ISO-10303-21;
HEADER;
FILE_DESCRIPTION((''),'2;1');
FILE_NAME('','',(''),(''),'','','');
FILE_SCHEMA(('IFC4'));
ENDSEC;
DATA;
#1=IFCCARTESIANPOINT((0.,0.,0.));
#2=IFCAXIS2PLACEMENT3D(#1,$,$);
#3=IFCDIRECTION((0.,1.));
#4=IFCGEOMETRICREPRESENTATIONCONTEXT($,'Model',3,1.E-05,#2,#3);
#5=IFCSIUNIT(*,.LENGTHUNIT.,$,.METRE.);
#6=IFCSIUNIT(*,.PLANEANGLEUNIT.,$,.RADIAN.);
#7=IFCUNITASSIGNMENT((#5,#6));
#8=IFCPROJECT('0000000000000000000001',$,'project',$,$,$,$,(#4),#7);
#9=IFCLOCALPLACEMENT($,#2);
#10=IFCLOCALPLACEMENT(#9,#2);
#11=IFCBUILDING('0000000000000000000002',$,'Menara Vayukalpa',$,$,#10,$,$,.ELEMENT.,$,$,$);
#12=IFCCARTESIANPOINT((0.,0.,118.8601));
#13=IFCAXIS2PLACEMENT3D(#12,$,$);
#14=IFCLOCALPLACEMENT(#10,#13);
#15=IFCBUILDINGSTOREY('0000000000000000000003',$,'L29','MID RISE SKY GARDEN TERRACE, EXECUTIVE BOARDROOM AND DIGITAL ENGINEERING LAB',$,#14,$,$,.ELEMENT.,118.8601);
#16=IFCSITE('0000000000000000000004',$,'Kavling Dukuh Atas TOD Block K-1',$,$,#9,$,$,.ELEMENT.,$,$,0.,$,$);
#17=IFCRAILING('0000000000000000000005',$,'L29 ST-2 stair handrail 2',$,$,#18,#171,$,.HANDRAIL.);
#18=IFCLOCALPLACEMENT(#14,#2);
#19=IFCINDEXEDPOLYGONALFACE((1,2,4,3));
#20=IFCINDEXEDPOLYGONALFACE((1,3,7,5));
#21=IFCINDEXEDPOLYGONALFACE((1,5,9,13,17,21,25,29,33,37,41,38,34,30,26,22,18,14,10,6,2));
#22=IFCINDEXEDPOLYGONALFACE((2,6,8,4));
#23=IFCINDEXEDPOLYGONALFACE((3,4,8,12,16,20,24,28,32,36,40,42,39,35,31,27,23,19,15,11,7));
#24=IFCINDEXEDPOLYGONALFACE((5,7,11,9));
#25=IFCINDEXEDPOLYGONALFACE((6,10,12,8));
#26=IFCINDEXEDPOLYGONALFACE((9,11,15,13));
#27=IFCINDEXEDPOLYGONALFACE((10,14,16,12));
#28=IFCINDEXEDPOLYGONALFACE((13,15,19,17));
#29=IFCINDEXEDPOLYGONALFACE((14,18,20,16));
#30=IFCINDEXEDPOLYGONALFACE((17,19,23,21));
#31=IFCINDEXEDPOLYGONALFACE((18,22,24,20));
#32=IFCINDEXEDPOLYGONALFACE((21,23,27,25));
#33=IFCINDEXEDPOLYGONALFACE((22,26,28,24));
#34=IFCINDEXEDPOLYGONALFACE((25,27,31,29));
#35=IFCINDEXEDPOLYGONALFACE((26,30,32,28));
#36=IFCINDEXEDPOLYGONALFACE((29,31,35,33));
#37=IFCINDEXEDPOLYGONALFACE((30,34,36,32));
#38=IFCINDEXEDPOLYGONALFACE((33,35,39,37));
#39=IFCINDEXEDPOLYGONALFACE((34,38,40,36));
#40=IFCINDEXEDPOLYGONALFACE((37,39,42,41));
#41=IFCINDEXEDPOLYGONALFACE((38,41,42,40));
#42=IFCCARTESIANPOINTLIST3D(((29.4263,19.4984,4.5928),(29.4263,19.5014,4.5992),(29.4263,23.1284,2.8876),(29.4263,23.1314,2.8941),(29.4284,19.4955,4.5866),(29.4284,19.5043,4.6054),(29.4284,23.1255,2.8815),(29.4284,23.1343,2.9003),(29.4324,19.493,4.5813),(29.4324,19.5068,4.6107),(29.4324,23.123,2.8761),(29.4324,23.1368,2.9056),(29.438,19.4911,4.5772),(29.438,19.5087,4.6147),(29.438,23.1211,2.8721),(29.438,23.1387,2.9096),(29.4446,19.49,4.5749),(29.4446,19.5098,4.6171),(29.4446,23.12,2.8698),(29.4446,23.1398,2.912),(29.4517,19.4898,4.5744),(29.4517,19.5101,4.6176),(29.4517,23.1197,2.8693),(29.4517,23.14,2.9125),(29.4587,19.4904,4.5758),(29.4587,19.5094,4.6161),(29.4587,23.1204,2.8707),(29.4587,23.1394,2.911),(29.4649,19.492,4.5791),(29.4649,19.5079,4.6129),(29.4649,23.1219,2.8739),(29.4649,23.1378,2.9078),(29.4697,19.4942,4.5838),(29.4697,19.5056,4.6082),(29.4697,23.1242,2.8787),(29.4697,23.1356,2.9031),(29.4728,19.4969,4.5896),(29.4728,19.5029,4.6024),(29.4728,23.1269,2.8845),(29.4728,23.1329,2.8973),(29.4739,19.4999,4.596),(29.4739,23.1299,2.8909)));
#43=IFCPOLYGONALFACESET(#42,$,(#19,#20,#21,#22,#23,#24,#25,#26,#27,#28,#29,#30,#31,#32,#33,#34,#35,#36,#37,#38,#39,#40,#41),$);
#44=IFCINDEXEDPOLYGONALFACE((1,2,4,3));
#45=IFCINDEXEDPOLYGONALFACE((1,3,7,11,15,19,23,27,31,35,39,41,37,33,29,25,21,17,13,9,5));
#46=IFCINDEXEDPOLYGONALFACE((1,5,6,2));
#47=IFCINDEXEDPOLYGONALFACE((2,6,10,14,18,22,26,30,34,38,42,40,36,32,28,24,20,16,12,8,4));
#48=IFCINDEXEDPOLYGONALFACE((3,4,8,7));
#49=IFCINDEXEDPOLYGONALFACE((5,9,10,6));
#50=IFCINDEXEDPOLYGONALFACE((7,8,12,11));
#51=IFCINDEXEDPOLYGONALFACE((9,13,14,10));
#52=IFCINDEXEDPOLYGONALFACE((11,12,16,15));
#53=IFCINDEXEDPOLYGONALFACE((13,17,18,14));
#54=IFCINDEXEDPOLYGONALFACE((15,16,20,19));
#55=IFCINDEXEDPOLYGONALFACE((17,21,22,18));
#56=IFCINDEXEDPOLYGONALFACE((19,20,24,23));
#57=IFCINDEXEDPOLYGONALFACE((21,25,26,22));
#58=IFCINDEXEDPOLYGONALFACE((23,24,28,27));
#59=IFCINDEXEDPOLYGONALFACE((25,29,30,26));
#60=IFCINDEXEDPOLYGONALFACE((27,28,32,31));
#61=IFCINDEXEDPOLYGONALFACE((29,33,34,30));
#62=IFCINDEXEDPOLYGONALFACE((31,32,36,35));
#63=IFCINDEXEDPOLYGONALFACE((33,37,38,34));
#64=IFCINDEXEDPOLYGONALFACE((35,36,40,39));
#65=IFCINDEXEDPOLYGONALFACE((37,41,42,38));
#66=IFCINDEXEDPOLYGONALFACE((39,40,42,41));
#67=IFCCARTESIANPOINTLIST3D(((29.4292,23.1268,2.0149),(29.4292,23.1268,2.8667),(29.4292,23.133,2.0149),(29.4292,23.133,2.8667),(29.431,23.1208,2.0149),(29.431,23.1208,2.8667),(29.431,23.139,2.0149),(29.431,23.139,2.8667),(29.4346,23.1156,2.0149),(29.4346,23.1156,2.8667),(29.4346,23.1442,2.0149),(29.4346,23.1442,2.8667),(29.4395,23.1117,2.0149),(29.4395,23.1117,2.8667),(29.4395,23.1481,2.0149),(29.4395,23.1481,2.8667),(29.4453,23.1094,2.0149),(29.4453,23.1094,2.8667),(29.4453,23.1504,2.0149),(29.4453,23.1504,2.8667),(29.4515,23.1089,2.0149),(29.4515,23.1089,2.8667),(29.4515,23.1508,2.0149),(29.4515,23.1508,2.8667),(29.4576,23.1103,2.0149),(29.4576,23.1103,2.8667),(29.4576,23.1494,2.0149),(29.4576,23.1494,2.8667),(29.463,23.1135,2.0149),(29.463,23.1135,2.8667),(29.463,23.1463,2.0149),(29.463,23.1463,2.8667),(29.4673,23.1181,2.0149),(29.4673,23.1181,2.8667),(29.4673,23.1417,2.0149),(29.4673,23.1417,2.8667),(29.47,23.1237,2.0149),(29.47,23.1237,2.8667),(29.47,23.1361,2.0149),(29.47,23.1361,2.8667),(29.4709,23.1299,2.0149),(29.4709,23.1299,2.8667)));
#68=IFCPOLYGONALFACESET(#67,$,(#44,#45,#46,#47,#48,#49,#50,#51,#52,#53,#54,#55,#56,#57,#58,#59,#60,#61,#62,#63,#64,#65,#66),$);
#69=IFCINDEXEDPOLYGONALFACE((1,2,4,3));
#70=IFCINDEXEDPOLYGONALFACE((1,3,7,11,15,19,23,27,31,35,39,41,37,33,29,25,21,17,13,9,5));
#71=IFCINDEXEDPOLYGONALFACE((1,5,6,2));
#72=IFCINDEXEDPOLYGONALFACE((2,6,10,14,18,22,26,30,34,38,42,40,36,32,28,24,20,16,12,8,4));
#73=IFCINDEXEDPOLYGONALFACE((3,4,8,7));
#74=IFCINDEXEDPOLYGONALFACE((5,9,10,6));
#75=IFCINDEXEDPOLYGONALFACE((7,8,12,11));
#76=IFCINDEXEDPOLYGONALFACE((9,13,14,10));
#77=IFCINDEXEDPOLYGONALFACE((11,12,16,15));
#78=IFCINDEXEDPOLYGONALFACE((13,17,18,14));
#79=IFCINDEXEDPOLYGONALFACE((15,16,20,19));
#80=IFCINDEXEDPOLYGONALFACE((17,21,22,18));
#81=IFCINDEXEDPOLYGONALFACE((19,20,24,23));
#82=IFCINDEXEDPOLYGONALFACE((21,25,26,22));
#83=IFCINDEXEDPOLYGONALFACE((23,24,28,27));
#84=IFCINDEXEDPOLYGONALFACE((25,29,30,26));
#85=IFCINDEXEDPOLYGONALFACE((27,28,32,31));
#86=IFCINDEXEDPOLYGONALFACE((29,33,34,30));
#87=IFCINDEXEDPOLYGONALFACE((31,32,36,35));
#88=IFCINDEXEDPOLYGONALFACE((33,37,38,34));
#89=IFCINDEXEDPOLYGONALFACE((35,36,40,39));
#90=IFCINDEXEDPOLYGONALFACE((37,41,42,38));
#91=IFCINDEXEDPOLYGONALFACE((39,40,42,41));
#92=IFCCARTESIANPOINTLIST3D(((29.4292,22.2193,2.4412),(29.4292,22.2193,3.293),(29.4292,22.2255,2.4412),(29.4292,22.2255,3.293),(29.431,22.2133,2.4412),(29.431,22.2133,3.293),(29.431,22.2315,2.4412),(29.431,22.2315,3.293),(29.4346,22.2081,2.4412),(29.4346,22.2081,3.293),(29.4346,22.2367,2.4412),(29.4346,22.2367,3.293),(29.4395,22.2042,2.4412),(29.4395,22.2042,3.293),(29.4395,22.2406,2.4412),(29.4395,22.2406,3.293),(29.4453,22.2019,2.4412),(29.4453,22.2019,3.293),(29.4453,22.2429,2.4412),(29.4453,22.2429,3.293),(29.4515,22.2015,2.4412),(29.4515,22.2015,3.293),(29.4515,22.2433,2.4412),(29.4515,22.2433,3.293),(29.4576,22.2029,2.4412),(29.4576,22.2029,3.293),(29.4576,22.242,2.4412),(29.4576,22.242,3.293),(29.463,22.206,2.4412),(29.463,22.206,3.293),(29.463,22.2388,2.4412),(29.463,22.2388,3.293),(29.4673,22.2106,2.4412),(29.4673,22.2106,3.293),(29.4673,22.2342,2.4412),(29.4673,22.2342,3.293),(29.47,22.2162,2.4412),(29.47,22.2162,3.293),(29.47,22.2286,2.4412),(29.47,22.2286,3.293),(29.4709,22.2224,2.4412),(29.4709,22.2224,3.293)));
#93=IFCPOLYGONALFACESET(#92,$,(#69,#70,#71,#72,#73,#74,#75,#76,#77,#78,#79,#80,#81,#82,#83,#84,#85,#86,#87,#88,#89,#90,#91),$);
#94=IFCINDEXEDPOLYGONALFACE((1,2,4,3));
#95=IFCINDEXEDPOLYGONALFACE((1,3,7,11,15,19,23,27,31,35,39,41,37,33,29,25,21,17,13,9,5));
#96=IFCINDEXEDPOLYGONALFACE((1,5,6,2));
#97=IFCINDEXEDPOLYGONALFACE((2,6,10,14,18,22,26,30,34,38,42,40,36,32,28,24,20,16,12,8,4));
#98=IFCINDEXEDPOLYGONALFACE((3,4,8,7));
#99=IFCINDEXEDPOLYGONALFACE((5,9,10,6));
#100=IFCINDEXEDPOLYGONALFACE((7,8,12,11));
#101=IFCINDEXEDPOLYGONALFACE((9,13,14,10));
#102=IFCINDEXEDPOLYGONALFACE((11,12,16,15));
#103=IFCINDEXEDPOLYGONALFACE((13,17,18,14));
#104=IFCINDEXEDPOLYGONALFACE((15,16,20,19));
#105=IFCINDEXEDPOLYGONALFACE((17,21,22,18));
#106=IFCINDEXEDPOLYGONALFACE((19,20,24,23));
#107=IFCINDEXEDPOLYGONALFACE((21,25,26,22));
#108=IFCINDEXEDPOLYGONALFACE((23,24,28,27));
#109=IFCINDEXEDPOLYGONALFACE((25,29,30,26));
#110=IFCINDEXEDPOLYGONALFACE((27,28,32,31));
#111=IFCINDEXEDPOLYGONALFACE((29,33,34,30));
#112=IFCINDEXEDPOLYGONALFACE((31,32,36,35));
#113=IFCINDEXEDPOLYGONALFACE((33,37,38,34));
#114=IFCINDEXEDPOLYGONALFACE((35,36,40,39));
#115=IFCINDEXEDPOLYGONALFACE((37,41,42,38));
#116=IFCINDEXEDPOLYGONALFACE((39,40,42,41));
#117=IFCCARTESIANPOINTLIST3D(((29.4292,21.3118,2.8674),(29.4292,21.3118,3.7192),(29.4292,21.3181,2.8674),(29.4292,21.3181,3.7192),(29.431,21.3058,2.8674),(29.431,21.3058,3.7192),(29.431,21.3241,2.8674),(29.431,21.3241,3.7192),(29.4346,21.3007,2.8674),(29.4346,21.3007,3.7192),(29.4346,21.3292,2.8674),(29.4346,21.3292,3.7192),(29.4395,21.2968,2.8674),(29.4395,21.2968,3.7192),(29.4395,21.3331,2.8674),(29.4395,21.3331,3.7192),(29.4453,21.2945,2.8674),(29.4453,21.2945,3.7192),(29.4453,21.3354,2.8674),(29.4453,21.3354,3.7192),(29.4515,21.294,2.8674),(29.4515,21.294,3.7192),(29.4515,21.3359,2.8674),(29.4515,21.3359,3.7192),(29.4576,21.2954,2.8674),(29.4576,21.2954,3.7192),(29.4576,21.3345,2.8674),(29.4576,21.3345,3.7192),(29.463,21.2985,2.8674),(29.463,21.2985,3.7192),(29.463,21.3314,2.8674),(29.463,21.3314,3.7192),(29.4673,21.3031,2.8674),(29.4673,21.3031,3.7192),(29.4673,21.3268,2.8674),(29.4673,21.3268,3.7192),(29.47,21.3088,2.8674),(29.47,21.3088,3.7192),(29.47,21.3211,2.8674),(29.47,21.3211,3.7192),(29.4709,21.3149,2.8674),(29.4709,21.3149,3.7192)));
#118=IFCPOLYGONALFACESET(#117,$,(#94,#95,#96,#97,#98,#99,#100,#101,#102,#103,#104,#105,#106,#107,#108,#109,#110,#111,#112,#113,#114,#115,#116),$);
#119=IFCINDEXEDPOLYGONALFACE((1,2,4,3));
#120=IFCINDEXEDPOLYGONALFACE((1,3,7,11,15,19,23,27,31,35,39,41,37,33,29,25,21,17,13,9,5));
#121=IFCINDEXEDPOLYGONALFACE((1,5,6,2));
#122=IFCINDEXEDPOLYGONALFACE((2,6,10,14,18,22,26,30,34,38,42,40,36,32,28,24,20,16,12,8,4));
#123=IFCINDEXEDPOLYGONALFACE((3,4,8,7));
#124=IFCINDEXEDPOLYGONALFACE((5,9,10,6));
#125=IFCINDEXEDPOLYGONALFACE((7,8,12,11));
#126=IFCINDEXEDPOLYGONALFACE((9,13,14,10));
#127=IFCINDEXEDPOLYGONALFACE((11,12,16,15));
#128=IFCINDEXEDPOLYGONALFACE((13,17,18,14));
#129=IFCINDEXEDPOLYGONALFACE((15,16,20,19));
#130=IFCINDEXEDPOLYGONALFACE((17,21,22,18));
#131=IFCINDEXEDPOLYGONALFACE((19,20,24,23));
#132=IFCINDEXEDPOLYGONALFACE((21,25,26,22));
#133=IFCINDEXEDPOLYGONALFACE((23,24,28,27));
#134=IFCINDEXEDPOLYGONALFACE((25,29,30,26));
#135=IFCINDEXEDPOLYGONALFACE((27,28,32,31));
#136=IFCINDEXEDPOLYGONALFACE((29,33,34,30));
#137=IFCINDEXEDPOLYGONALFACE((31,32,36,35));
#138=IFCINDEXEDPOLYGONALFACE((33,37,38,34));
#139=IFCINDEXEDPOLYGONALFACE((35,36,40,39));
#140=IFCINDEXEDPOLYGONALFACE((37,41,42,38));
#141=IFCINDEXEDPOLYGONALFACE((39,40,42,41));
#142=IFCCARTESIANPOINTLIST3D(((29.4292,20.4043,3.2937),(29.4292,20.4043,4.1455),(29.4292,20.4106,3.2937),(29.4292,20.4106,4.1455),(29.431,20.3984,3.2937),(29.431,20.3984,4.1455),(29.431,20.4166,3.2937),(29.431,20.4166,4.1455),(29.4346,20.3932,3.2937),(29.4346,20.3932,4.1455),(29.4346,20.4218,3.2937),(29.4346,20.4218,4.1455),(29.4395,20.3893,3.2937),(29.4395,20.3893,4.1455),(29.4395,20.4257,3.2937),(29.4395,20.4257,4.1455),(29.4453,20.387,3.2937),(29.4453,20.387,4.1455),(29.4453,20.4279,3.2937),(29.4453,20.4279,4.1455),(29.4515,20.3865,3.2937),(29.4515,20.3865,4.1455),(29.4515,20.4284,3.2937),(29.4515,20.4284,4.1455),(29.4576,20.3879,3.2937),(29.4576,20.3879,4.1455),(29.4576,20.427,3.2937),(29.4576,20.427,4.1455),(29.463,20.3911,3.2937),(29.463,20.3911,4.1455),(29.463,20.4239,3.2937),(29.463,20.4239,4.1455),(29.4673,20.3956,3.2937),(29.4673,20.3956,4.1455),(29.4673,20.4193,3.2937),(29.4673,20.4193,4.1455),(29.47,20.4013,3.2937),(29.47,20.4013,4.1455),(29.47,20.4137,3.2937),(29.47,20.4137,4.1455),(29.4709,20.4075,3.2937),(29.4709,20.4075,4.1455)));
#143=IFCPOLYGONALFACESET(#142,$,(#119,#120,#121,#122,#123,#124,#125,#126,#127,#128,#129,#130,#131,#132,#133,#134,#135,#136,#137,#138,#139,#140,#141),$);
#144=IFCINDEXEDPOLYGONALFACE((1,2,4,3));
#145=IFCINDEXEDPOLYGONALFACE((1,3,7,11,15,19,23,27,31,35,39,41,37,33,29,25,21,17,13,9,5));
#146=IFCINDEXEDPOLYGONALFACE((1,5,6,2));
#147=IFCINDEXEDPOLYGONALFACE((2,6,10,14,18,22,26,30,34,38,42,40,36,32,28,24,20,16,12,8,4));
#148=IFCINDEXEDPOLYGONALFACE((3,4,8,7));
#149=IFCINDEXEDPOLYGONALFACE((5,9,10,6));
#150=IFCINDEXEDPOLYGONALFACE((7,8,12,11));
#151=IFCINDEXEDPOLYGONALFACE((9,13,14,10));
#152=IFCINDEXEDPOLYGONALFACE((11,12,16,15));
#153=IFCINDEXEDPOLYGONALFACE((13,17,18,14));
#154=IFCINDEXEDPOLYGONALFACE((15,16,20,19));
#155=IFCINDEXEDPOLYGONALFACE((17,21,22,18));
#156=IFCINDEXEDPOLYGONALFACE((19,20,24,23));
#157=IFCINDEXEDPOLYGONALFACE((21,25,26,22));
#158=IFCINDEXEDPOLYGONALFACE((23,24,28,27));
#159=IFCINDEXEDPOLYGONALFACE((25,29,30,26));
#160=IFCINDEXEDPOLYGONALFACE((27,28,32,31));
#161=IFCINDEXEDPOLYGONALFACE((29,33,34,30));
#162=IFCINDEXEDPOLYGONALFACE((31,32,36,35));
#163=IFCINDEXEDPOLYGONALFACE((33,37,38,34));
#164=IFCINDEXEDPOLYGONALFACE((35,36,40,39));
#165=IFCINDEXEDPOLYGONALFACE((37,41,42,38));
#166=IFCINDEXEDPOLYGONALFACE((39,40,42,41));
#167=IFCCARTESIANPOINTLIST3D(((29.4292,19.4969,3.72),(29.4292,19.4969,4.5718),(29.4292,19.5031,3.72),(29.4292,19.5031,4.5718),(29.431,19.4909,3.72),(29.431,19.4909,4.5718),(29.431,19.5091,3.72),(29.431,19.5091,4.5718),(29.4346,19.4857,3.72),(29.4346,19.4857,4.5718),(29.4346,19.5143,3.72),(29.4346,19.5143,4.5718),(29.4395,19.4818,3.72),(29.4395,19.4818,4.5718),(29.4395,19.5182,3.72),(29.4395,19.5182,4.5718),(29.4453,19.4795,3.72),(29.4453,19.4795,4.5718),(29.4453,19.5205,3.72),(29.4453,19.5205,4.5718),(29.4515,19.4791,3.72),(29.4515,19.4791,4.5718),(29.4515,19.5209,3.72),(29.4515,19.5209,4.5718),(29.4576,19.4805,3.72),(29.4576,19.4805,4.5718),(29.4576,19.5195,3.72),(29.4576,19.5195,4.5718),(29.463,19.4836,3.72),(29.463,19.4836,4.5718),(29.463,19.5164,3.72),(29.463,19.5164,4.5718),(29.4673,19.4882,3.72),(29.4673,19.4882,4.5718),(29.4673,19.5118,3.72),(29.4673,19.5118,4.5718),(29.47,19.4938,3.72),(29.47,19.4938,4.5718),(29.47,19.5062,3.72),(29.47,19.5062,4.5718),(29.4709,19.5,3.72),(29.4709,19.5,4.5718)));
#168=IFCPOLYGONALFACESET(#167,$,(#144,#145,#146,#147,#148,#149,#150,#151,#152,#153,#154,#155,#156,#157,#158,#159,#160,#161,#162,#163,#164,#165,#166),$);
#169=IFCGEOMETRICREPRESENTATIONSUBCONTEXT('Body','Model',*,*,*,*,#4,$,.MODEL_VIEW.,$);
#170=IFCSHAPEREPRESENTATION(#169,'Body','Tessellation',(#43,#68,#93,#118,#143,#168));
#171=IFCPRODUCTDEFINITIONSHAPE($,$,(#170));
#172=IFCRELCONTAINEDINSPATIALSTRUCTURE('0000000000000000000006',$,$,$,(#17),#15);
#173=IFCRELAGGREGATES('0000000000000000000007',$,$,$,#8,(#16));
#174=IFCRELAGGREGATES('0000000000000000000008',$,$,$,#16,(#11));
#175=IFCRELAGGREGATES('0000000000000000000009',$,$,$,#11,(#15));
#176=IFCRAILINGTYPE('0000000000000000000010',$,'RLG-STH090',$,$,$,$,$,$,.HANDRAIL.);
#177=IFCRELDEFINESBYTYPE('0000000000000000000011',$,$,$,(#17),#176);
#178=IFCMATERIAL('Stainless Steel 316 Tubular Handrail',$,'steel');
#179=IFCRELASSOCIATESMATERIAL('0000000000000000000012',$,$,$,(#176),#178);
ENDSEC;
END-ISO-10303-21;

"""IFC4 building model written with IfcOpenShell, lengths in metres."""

from ifc_helpers import new_model, si_unit, direction, frame, origin, origin_2d, place, context, subcontext, project, spatial, circle, extrude, material, type_object, element, save


model = new_model("IFC4")

# Units and contexts
model_context = context("Model", 3, precision=1e-05, world=origin(), true_north=direction((0.0, 1.0)))
body_context = subcontext(model_context, "Body", "Model", "MODEL_VIEW")
ifc_project = project(units=[si_unit("LENGTHUNIT", "METRE"), si_unit("PLANEANGLEUNIT", "RADIAN")], contexts=[model_context])

# Site, building, storey
site_placement = place(None, origin())
site = spatial("IfcSite", under=ifc_project, at=site_placement, Name="Kavling Dukuh Atas TOD Block K-1", CompositionType="ELEMENT", RefElevation=0.0)
building_placement = place(site_placement, origin())
building = spatial("IfcBuilding", under=site, at=building_placement, Name="Menara Vayukalpa", CompositionType="ELEMENT")
storey_placement = place(building_placement, frame((0.0, 0.0, 118.8601)))
storey = spatial("IfcBuildingStorey", under=building, at=storey_placement, Name="L29", Description="MID RISE SKY GARDEN TERRACE, EXECUTIVE BOARDROOM AND DIGITAL ENGINEERING LAB", CompositionType="ELEMENT", Elevation=118.8601)

# Railing
ifc_material_1 = material(Name="Stainless Steel 316 Tubular Handrail", Category="steel")
railing_type = type_object("IfcRailingType", Name="RLG-STH090", PredefinedType="HANDRAIL", material=ifc_material_1)
railing_placement = place(storey_placement, frame((29.45, 23.1299, 2.0149)))
element("IfcRailing", 1, at=railing_placement, inside=storey, type_object=railing_type, Name="L29 ST-2 stair handrail 2", PredefinedType="HANDRAIL", context=body_context, shape_type="SweptSolid", body=[
    extrude(circle(Radius=0.0239, at=origin_2d()), frame((0.0, 0.0, 0.876), z_axis=(0.0, -0.905116, 0.425164), x_axis=(1.0, 0.0, 0.0)), (0.0, 0.0, 1.0), 4.0105),
    extrude(circle(Radius=0.021, at=origin_2d()), origin(), (0.0, 0.0, 1.0), 0.8518),
    extrude(circle(Radius=0.021, at=origin_2d()), frame((0.0, -0.9075, 0.4263)), (0.0, 0.0, 1.0), 0.8518),
    extrude(circle(Radius=0.021, at=origin_2d()), frame((0.0, -1.8149, 0.8525)), (0.0, 0.0, 1.0), 0.8518),
    extrude(circle(Radius=0.021, at=origin_2d()), frame((0.0, -2.7224, 1.2788)), (0.0, 0.0, 1.0), 0.8518),
    extrude(circle(Radius=0.021, at=origin_2d()), frame((0.0, -3.6299, 1.7051)), (0.0, 0.0, 1.0), 0.8518),
])

save(model, "model.ifc")
